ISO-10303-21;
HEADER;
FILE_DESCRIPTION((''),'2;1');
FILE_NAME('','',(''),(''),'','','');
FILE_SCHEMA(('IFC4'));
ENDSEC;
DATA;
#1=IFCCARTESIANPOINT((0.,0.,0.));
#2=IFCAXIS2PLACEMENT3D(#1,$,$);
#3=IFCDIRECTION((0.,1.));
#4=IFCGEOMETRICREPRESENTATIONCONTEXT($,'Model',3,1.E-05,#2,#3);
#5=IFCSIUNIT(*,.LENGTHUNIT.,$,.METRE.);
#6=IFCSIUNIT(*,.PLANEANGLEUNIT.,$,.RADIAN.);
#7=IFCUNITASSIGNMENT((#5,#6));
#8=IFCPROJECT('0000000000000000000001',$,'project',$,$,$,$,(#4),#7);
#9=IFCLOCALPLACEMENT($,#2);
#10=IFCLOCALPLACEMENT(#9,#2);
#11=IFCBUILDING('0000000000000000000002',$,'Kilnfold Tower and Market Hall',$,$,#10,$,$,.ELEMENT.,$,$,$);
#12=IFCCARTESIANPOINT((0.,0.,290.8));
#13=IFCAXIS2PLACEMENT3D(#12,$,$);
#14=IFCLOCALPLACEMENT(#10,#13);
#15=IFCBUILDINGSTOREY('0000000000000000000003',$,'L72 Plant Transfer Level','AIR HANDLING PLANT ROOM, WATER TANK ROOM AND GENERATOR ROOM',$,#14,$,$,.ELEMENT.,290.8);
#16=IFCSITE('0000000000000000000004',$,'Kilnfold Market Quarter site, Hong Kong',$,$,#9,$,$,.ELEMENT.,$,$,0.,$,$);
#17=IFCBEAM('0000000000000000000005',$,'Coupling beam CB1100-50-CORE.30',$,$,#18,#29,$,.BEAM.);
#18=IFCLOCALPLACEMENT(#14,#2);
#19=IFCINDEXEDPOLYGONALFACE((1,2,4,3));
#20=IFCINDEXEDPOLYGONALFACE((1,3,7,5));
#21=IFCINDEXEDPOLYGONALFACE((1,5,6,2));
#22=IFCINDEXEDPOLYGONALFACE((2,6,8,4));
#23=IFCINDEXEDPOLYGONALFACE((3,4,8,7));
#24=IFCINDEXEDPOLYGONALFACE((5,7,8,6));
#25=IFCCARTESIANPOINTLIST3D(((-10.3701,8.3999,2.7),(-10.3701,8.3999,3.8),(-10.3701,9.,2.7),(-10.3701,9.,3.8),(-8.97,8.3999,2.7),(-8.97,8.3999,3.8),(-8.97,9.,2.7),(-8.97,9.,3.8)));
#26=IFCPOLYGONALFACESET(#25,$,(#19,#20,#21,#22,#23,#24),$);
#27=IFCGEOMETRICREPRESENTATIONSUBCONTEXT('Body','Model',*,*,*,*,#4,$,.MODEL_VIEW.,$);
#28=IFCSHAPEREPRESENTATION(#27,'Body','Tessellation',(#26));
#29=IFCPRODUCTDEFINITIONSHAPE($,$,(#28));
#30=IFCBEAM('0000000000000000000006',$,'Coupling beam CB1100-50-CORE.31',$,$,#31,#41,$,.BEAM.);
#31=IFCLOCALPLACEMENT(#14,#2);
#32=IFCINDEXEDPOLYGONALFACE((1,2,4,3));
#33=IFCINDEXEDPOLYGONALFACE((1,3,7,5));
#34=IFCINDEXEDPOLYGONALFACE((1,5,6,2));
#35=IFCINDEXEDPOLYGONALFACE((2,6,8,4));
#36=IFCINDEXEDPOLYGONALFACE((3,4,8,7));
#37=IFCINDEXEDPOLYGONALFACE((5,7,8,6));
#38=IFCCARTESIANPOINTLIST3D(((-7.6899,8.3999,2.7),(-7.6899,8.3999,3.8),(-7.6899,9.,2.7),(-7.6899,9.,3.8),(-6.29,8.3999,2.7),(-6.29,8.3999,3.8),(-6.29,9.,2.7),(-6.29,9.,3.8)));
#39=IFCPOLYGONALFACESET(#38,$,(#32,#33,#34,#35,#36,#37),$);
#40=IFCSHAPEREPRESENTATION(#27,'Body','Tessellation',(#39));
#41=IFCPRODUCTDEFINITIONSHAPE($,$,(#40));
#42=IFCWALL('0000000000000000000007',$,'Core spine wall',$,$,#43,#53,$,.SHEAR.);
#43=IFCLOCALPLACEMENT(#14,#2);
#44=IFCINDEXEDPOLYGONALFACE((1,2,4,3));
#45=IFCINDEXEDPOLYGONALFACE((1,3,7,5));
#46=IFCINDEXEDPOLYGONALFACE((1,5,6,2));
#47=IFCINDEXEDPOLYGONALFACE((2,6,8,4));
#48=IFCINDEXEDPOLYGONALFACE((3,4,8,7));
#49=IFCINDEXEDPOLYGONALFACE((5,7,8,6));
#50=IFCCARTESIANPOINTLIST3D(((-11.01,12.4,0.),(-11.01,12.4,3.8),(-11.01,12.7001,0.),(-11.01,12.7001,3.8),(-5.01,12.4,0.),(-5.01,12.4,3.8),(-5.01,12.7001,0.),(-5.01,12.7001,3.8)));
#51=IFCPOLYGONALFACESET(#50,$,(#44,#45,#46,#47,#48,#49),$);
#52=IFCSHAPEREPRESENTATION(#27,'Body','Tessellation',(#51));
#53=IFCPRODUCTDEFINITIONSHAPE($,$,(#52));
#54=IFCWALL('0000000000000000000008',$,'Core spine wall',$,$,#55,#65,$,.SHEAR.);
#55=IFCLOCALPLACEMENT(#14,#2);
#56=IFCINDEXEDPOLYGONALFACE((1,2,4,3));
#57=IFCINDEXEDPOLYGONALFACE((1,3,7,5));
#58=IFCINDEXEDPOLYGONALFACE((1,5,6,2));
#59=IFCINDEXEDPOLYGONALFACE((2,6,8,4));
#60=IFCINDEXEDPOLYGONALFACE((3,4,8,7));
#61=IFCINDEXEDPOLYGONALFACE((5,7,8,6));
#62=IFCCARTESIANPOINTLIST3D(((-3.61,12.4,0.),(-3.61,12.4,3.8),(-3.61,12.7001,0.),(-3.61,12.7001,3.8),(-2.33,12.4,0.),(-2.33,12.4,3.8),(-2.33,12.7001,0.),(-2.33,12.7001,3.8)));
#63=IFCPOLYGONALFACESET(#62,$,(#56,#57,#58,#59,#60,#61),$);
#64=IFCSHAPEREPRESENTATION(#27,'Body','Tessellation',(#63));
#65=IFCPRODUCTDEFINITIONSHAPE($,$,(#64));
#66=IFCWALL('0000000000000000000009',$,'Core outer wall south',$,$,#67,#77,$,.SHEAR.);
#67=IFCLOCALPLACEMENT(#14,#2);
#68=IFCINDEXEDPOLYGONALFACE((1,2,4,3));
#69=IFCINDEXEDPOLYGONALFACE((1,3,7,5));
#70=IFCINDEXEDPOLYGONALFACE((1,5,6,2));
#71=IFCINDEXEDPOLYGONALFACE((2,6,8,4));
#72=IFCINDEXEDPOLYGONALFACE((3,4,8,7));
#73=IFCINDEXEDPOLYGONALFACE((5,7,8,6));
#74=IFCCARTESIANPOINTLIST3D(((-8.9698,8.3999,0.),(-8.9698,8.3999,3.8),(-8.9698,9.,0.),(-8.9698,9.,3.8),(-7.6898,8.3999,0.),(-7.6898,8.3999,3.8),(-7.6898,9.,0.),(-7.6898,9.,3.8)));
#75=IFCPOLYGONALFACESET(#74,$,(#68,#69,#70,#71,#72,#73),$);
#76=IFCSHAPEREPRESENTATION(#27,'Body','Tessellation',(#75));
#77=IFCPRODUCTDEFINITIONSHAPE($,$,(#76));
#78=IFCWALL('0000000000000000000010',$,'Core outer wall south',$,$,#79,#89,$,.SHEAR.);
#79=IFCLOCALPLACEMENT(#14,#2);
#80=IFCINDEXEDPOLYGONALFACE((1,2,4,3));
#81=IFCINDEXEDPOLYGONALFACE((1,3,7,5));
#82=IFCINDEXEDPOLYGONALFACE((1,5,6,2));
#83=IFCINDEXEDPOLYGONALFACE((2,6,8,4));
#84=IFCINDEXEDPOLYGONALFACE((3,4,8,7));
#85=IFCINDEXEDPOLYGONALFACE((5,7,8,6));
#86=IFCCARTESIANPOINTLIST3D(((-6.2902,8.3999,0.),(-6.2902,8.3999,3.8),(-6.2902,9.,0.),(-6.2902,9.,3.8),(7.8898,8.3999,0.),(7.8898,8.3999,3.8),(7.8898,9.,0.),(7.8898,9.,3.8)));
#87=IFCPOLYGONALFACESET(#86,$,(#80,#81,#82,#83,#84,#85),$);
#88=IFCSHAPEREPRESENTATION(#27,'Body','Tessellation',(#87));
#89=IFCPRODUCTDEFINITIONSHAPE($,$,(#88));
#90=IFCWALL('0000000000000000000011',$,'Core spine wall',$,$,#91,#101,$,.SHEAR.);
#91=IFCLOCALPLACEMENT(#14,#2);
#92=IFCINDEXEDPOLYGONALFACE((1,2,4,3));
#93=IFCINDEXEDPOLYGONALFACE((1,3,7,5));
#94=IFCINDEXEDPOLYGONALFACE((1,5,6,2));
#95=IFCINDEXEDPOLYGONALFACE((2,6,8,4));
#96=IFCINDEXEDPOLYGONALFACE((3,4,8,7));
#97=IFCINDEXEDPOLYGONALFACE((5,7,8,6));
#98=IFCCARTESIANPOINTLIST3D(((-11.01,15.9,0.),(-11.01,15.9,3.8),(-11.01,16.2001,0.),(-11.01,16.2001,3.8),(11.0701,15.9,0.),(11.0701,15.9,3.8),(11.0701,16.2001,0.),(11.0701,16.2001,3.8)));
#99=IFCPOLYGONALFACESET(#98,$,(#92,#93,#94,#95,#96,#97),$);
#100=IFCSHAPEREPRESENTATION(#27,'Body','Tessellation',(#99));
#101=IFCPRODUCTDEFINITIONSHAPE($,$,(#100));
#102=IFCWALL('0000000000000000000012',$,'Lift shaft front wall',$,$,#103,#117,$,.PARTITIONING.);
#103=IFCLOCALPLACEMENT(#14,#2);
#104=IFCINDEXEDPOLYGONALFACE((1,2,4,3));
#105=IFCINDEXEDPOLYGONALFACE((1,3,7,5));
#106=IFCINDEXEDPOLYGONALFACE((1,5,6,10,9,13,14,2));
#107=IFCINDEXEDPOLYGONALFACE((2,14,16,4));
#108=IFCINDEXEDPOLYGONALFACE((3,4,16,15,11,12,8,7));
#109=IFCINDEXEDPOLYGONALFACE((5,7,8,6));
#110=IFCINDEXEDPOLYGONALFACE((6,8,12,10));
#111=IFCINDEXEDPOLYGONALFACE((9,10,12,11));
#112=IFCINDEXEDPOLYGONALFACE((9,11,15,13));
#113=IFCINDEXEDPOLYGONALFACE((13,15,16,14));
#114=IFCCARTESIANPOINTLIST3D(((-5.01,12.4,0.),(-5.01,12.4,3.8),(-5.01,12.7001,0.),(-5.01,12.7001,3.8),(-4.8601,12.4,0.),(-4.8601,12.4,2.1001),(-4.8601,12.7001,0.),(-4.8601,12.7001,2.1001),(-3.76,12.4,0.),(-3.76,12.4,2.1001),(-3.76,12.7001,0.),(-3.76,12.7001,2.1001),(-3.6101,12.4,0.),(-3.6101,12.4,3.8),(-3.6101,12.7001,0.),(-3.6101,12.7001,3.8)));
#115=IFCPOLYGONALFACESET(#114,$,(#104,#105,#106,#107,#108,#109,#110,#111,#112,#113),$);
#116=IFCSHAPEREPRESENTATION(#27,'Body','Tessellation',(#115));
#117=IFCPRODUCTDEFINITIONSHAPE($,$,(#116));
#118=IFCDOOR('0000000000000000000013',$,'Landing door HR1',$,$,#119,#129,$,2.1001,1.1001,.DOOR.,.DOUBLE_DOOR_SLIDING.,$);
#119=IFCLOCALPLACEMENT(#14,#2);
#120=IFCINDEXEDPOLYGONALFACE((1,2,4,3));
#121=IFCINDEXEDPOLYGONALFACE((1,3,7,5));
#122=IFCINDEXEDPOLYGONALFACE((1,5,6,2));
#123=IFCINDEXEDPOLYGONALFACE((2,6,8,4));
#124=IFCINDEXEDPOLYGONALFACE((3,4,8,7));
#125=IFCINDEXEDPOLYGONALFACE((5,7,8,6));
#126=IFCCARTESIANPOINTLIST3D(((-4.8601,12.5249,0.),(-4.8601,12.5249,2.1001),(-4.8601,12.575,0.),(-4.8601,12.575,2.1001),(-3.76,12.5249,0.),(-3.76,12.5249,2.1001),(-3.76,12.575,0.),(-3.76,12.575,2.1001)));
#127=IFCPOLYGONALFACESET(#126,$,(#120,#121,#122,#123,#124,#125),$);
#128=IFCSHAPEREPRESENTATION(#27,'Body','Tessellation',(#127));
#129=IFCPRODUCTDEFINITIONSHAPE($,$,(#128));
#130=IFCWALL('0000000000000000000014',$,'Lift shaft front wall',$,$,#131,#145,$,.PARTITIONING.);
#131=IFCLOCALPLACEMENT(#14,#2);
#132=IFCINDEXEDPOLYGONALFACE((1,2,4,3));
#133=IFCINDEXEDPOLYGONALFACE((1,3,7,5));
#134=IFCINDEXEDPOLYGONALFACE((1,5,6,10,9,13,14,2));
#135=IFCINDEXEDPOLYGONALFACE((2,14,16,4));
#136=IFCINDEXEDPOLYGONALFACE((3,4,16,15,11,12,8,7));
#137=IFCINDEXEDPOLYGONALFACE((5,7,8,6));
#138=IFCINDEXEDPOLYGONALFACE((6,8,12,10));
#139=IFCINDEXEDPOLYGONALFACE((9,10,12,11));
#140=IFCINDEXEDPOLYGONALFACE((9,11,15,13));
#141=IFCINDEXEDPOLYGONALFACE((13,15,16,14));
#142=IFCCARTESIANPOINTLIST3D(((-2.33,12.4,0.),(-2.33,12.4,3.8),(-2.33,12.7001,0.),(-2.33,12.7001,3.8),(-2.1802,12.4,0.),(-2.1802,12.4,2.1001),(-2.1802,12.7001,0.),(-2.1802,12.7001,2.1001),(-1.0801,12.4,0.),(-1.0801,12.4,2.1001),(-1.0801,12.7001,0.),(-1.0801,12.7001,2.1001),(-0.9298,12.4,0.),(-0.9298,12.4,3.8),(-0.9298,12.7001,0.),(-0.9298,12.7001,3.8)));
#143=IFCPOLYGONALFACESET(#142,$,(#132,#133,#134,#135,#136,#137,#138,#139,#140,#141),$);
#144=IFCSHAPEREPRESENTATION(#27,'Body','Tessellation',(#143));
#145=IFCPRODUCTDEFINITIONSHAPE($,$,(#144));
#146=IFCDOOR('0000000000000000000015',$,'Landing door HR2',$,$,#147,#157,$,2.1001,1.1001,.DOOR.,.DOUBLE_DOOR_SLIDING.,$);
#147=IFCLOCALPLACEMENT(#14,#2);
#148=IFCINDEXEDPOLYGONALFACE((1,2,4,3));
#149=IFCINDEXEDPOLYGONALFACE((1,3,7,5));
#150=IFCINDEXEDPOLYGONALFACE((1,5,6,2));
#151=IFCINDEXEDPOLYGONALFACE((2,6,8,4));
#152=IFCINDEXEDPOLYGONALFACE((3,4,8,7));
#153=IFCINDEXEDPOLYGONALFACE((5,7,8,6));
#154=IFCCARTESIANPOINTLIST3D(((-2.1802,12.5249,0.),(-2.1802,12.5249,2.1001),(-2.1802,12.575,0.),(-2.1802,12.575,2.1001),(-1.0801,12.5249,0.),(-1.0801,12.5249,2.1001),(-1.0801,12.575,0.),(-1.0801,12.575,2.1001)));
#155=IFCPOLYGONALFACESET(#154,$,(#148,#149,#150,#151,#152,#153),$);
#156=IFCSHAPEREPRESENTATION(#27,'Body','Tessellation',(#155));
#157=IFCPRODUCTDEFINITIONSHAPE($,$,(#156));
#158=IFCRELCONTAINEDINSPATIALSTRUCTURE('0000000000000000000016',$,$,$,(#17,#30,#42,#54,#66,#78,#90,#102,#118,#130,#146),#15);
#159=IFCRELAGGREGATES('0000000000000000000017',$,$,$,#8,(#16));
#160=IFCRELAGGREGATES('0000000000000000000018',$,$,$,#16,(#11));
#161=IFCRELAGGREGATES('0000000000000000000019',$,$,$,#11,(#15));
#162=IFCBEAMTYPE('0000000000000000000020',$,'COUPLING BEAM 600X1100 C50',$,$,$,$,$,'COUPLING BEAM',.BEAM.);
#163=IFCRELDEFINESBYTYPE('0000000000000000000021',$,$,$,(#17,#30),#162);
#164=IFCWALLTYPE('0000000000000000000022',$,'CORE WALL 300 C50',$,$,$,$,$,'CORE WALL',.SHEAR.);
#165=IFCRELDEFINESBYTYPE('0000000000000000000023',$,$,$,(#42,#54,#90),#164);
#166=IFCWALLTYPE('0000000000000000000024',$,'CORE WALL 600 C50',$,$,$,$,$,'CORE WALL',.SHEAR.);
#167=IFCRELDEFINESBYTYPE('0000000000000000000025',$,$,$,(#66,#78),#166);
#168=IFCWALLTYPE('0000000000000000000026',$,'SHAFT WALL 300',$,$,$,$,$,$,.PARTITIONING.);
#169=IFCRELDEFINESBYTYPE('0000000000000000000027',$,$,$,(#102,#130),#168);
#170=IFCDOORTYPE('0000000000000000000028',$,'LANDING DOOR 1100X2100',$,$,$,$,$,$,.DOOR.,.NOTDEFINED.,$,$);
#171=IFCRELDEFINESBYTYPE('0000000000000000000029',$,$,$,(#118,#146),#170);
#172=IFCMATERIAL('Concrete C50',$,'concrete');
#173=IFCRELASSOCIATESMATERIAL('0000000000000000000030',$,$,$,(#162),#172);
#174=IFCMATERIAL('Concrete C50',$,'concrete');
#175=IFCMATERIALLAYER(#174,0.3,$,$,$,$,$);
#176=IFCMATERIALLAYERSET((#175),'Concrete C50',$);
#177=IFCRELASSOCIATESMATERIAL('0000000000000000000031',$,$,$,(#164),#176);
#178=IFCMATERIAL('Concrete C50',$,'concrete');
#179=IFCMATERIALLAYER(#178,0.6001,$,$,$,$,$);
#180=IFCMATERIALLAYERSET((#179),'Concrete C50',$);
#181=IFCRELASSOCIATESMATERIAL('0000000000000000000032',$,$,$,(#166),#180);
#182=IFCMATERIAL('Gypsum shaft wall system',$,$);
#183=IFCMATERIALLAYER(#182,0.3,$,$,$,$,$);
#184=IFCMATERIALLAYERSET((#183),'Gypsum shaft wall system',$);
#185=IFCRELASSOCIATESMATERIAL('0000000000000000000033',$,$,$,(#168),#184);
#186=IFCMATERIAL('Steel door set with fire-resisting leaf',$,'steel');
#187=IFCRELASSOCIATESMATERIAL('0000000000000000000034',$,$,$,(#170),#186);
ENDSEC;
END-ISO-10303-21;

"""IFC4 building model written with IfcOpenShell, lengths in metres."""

from ifc_helpers import new_model, si_unit, direction, frame, frame_2d, origin, origin_2d, place, context, subcontext, project, spatial, rectangle, extrude, source, transform, mapped, material, layer, layer_set, material_profile, profile_set, type_object, element, fill, save


model = new_model("IFC4")

# Units and contexts
model_context = context("Model", 3, precision=1e-05, world=origin(), true_north=direction((0.0, 1.0)))
body_context = subcontext(model_context, "Body", "Model", "MODEL_VIEW")
ifc_project = project(units=[si_unit("LENGTHUNIT", "METRE"), si_unit("PLANEANGLEUNIT", "RADIAN")], contexts=[model_context])

# Site, building, storey
site_placement = place(None, origin())
site = spatial("IfcSite", under=ifc_project, at=site_placement, Name="Kilnfold Market Quarter site, Hong Kong", CompositionType="ELEMENT", RefElevation=0.0)
building_placement = place(site_placement, origin())
building = spatial("IfcBuilding", under=site, at=building_placement, Name="Kilnfold Tower and Market Hall", CompositionType="ELEMENT")
storey_placement = place(building_placement, frame((0.0, 0.0, 290.8)))
storey = spatial("IfcBuildingStorey", under=building, at=storey_placement, Name="L72 Plant Transfer Level", Description="AIR HANDLING PLANT ROOM, WATER TANK ROOM AND GENERATOR ROOM", CompositionType="ELEMENT", Elevation=290.8)

# Beams
ifc_material_1 = material(Name="Concrete C50", Category="concrete")
ifc_material_profile = material_profile(ifc_material_1, rectangle(XDim=0.6001, YDim=1.1001, at=origin_2d()), Name="RC 600x1100")
ifc_profile_set = profile_set([ifc_material_profile], Name="Concrete C50")
beam_type = type_object("IfcBeamType", Name="COUPLING BEAM 600X1100 C50", ElementType="COUPLING BEAM", PredefinedType="BEAM", material=ifc_profile_set)
shared_shape_1 = source(origin(), body_context, "Body", "SweptSolid", [
    extrude(rectangle(XDim=0.6001, YDim=1.1001, at=origin_2d()), origin(), (0.0, 0.0, 1.0), 1.4001),
])
beam_1_placement = place(storey_placement, frame((-10.3701, 8.7, 3.25), z_axis=(1.0, 0.0, 0.0), x_axis=(0.0, 1.0, 0.0)))
element("IfcBeam", 1, at=beam_1_placement, inside=storey, type_object=beam_type, Name="Coupling beam CB1100-50-CORE.30", PredefinedType="BEAM", context=body_context, shape_type="MappedRepresentation", body=[
    mapped(shared_shape_1, transform((0.0, 0.0, 0.0))),
])
shared_shape_2 = source(origin(), body_context, "Body", "SweptSolid", [
    extrude(rectangle(XDim=0.6001, YDim=1.1001, at=origin_2d()), origin(), (0.0, 0.0, 1.0), 1.3999),
])
beam_2_placement = place(storey_placement, frame((-7.6899, 8.7, 3.25), z_axis=(1.0, 0.0, 0.0), x_axis=(0.0, 1.0, 0.0)))
element("IfcBeam", 2, at=beam_2_placement, inside=storey, type_object=beam_type, Name="Coupling beam CB1100-50-CORE.31", PredefinedType="BEAM", context=body_context, shape_type="MappedRepresentation", body=[
    mapped(shared_shape_2, transform((0.0, 0.0, 0.0))),
])

# Walls
ifc_material_2 = material(Name="Concrete C50", Category="concrete")
ifc_layer_1 = layer(ifc_material_2, 0.3)
ifc_layer_set_1 = layer_set([ifc_layer_1], Name="Concrete C50")
wall_type_1 = type_object("IfcWallType", Name="CORE WALL 300 C50", ElementType="CORE WALL", PredefinedType="SHEAR", material=ifc_layer_set_1)
shared_shape_3 = source(origin(), body_context, "Body", "SweptSolid", [
    extrude(rectangle(XDim=6.0, YDim=0.3, at=frame_2d((3.0, 0.0))), origin(), (0.0, 0.0, 1.0), 3.8),
])
wall_1_placement = place(storey_placement, frame((-11.01, 12.55, 0.0), z_axis=(0.0, 0.0, 1.0), x_axis=(1.0, 0.0, 0.0)))
element("IfcWall", 3, at=wall_1_placement, inside=storey, type_object=wall_type_1, Name="Core spine wall", PredefinedType="SHEAR", context=body_context, shape_type="MappedRepresentation", body=[
    mapped(shared_shape_3, transform((0.0, 0.0, 0.0))),
])
shared_shape_4 = source(origin(), body_context, "Body", "SweptSolid", [
    extrude(rectangle(XDim=1.28, YDim=0.3, at=frame_2d((0.6401, 0.0))), origin(), (0.0, 0.0, 1.0), 3.8),
])
wall_2_placement = place(storey_placement, frame((-3.6101, 12.55, 0.0), z_axis=(0.0, 0.0, 1.0), x_axis=(1.0, 0.0, 0.0)))
element("IfcWall", 4, at=wall_2_placement, inside=storey, type_object=wall_type_1, Name="Core spine wall", PredefinedType="SHEAR", context=body_context, shape_type="MappedRepresentation", body=[
    mapped(shared_shape_4, transform((0.0, 0.0, 0.0))),
])
ifc_material_3 = material(Name="Concrete C50", Category="concrete")
ifc_layer_2 = layer(ifc_material_3, 0.6001)
ifc_layer_set_2 = layer_set([ifc_layer_2], Name="Concrete C50")
wall_type_2 = type_object("IfcWallType", Name="CORE WALL 600 C50", ElementType="CORE WALL", PredefinedType="SHEAR", material=ifc_layer_set_2)
shared_shape_5 = source(origin(), body_context, "Body", "SweptSolid", [
    extrude(rectangle(XDim=1.28, YDim=0.6001, at=frame_2d((0.6401, 0.0))), origin(), (0.0, 0.0, 1.0), 3.8),
])
wall_3_placement = place(storey_placement, frame((-8.97, 8.7, 0.0), z_axis=(0.0, 0.0, 1.0), x_axis=(1.0, 0.0, 0.0)))
element("IfcWall", 5, at=wall_3_placement, inside=storey, type_object=wall_type_2, Name="Core outer wall south", PredefinedType="SHEAR", context=body_context, shape_type="MappedRepresentation", body=[
    mapped(shared_shape_5, transform((0.0, 0.0, 0.0))),
])
shared_shape_6 = source(origin(), body_context, "Body", "SweptSolid", [
    extrude(rectangle(XDim=14.1799, YDim=0.6001, at=frame_2d((7.0898, 0.0))), origin(), (0.0, 0.0, 1.0), 3.8),
])
wall_4_placement = place(storey_placement, frame((-6.29, 8.7, 0.0), z_axis=(0.0, 0.0, 1.0), x_axis=(1.0, 0.0, 0.0)))
element("IfcWall", 6, at=wall_4_placement, inside=storey, type_object=wall_type_2, Name="Core outer wall south", PredefinedType="SHEAR", context=body_context, shape_type="MappedRepresentation", body=[
    mapped(shared_shape_6, transform((0.0, 0.0, 0.0))),
])
shared_shape_7 = source(origin(), body_context, "Body", "SweptSolid", [
    extrude(rectangle(XDim=22.0801, YDim=0.3, at=frame_2d((11.04, 0.0))), origin(), (0.0, 0.0, 1.0), 3.8),
])
wall_5_placement = place(storey_placement, frame((-11.01, 16.05, 0.0), z_axis=(0.0, 0.0, 1.0), x_axis=(1.0, 0.0, 0.0)))
element("IfcWall", 7, at=wall_5_placement, inside=storey, type_object=wall_type_1, Name="Core spine wall", PredefinedType="SHEAR", context=body_context, shape_type="MappedRepresentation", body=[
    mapped(shared_shape_7, transform((0.0, 0.0, 0.0))),
])

# Walls, openings, doors
ifc_material_4 = material(Name="Gypsum shaft wall system")
ifc_layer_3 = layer(ifc_material_4, 0.3)
ifc_layer_set_3 = layer_set([ifc_layer_3], Name="Gypsum shaft wall system")
wall_type_3 = type_object("IfcWallType", Name="SHAFT WALL 300", PredefinedType="PARTITIONING", material=ifc_layer_set_3)
shared_shape_8 = source(origin(), body_context, "Body", "SweptSolid", [
    extrude(rectangle(XDim=1.3999, YDim=0.3, at=frame_2d((0.7, 0.0))), origin(), (0.0, 0.0, 1.0), 3.8),
])
wall_6_placement = place(storey_placement, frame((-5.01, 12.55, 0.0), z_axis=(0.0, 0.0, 1.0), x_axis=(1.0, 0.0, 0.0)))
wall_6 = element("IfcWall", 8, at=wall_6_placement, inside=storey, type_object=wall_type_3, Name="Lift shaft front wall", PredefinedType="PARTITIONING", context=body_context, shape_type="MappedRepresentation", body=[
    mapped(shared_shape_8, transform((0.0, 0.0, 0.0))),
])
opening_1_placement = place(wall_6_placement, frame((0.1499, 0.0, 0.0)))
opening_1 = element("IfcOpeningElement", 9, at=opening_1_placement, cuts=wall_6, PredefinedType="OPENING", context=body_context, shape_type="SweptSolid", body=[
    extrude(rectangle(XDim=1.1001, YDim=2.1001, at=frame_2d((0.55, 1.05))), frame((0.0, 0.1602, 0.0), z_axis=(0.0, -1.0, 0.0), x_axis=(1.0, 0.0, 0.0)), (0.0, 0.0, 1.0), 0.3201),
])
ifc_material_5 = material(Name="Steel door set with fire-resisting leaf", Category="steel")
door_type_1 = type_object("IfcDoorType", Name="LANDING DOOR 1100X2100", OperationType="NOTDEFINED", PredefinedType="DOOR", material=ifc_material_5)
door_1_placement = place(opening_1_placement, origin())
door_1 = element("IfcDoor", 10, at=door_1_placement, inside=storey, type_object=door_type_1, Name="Landing door HR1", OperationType="DOUBLE_DOOR_SLIDING", OverallHeight=2.1001, OverallWidth=1.1001, PredefinedType="DOOR", context=body_context, shape_type="SweptSolid", body=[
    extrude(rectangle(XDim=1.1001, YDim=2.1001, at=frame_2d((0.55, 1.05))), frame((0.0, 0.0249, 0.0), z_axis=(0.0, -1.0, 0.0), x_axis=(1.0, 0.0, 0.0)), (0.0, 0.0, 1.0), 0.05),
])
fill(opening_1, door_1)
shared_shape_9 = source(origin(), body_context, "Body", "SweptSolid", [
    extrude(rectangle(XDim=1.4001, YDim=0.3, at=frame_2d((0.7002, 0.0))), origin(), (0.0, 0.0, 1.0), 3.8),
])
wall_7_placement = place(storey_placement, frame((-2.3301, 12.55, 0.0), z_axis=(0.0, 0.0, 1.0), x_axis=(1.0, 0.0, 0.0)))
wall_7 = element("IfcWall", 11, at=wall_7_placement, inside=storey, type_object=wall_type_3, Name="Lift shaft front wall", PredefinedType="PARTITIONING", context=body_context, shape_type="MappedRepresentation", body=[
    mapped(shared_shape_9, transform((0.0, 0.0, 0.0))),
])
opening_2_placement = place(wall_7_placement, frame((0.1499, 0.0, 0.0)))
opening_2 = element("IfcOpeningElement", 12, at=opening_2_placement, cuts=wall_7, PredefinedType="OPENING", context=body_context, shape_type="SweptSolid", body=[
    extrude(rectangle(XDim=1.1001, YDim=2.1001, at=frame_2d((0.55, 1.05))), frame((0.0, 0.1602, 0.0), z_axis=(0.0, -1.0, 0.0), x_axis=(1.0, 0.0, 0.0)), (0.0, 0.0, 1.0), 0.3201),
])
door_2_placement = place(opening_2_placement, origin())
door_2 = element("IfcDoor", 13, at=door_2_placement, inside=storey, type_object=door_type_1, Name="Landing door HR2", OperationType="DOUBLE_DOOR_SLIDING", OverallHeight=2.1001, OverallWidth=1.1001, PredefinedType="DOOR", context=body_context, shape_type="SweptSolid", body=[
    extrude(rectangle(XDim=1.1001, YDim=2.1001, at=frame_2d((0.55, 1.05))), frame((0.0, 0.0249, 0.0), z_axis=(0.0, -1.0, 0.0), x_axis=(1.0, 0.0, 0.0)), (0.0, 0.0, 1.0), 0.05),
])
fill(opening_2, door_2)

save(model, "model.ifc")
